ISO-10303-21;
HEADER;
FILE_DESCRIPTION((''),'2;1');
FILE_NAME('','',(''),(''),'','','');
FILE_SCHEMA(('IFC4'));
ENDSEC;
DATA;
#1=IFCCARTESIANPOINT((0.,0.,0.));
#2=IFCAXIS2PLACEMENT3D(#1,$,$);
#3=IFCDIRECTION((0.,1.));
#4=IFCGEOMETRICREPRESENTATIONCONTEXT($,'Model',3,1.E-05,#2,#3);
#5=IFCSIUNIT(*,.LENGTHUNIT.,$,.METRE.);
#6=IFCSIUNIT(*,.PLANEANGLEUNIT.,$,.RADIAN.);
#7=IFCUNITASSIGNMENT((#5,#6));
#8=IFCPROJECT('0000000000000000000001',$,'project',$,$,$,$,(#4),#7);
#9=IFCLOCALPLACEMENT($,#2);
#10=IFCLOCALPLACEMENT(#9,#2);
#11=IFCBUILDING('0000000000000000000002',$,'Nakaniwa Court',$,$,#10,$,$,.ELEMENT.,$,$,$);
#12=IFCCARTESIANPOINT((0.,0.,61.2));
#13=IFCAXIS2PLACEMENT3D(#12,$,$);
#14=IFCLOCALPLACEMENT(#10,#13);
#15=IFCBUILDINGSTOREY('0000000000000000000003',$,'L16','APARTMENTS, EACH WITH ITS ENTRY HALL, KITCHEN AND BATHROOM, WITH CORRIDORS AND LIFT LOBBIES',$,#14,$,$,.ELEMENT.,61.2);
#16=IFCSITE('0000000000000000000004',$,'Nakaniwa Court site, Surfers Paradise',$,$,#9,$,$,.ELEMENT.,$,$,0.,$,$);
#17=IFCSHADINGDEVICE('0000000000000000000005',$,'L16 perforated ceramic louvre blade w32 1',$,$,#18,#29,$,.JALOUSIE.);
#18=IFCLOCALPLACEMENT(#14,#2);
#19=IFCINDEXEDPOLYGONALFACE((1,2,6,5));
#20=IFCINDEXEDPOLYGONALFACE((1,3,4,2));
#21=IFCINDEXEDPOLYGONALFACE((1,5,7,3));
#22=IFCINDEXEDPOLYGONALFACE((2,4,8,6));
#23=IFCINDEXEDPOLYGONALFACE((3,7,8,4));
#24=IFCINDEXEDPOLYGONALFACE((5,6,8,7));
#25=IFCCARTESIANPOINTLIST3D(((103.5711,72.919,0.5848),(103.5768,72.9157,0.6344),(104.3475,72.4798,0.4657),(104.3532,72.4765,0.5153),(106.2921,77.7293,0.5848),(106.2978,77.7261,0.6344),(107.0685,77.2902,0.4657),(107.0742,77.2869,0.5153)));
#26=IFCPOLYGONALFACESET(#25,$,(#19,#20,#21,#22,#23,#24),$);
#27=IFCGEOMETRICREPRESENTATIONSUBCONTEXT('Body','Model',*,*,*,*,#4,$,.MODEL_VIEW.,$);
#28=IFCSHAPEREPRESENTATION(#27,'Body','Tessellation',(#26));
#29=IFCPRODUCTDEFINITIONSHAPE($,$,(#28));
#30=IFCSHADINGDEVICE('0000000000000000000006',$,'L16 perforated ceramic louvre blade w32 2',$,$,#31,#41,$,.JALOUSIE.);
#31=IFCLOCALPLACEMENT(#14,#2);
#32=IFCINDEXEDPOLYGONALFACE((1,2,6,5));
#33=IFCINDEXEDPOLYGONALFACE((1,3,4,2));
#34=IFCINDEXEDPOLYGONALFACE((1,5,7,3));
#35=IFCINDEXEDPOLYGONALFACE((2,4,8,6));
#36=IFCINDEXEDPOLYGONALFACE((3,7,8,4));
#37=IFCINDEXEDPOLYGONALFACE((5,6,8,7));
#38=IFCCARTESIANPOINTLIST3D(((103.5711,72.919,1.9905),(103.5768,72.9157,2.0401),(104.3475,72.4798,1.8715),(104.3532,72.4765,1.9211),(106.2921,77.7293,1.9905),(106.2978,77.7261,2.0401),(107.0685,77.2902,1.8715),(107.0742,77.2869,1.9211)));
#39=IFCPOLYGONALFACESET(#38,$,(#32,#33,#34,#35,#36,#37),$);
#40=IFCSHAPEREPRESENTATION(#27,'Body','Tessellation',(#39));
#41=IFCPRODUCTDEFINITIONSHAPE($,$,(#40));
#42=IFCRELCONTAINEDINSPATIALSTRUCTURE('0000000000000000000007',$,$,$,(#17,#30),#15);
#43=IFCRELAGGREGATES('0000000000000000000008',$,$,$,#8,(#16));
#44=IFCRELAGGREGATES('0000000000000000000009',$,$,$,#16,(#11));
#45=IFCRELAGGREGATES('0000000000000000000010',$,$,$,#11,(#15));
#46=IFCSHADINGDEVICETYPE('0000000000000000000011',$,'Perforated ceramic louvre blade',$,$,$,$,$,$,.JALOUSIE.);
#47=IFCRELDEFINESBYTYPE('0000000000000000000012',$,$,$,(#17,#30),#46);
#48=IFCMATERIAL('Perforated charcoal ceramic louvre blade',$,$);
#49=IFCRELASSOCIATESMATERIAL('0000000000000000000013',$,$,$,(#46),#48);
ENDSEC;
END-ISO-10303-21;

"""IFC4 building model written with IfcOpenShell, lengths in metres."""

from ifc_helpers import new_model, si_unit, direction, frame, origin, origin_2d, place, context, subcontext, project, spatial, rectangle, extrude, material, material_profile, profile_set, type_object, element, save


model = new_model("IFC4")

# Units and contexts
model_context = context("Model", 3, precision=1e-05, world=origin(), true_north=direction((0.0, 1.0)))
body_context = subcontext(model_context, "Body", "Model", "MODEL_VIEW")
ifc_project = project(units=[si_unit("LENGTHUNIT", "METRE"), si_unit("PLANEANGLEUNIT", "RADIAN")], contexts=[model_context])

# Site, building, storey
site_placement = place(None, origin())
site = spatial("IfcSite", under=ifc_project, at=site_placement, Name="Nakaniwa Court site, Surfers Paradise", CompositionType="ELEMENT", RefElevation=0.0)
building_placement = place(site_placement, origin())
building = spatial("IfcBuilding", under=site, at=building_placement, Name="Nakaniwa Court", CompositionType="ELEMENT")
storey_placement = place(building_placement, frame((0.0, 0.0, 61.2)))
storey = spatial("IfcBuildingStorey", under=building, at=storey_placement, Name="L16", Description="APARTMENTS, EACH WITH ITS ENTRY HALL, KITCHEN AND BATHROOM, WITH CORRIDORS AND LIFT LOBBIES", CompositionType="ELEMENT", Elevation=61.2)

# Shading devices
ifc_material_1 = material(Name="Perforated charcoal ceramic louvre blade")
ifc_material_profile_1 = material_profile(ifc_material_1, rectangle(XDim=0.8999, YDim=0.05, at=origin_2d()), Name="Perforated ceramic louvre blade")
ifc_profile_set_1 = profile_set([ifc_material_profile_1], Name="Perforated charcoal ceramic louvre blade")
shading_device_type = type_object("IfcShadingDeviceType", Name="Perforated ceramic louvre blade", PredefinedType="JALOUSIE", material=ifc_profile_set_1)
for number, where, z_axis, x_axis, name in (
    (1, (103.9622, 72.6978, 0.55), (0.492343, 0.870402, 0.0), (-0.862756, 0.488018, 0.132256), "L16 perforated ceramic louvre blade w32 1"),
    (2, (103.9622, 72.6978, 1.9558), (0.492343, 0.870402, 0.0), (-0.862756, 0.488018, 0.132256), "L16 perforated ceramic louvre blade w32 2"),
):
    element("IfcShadingDevice", number, at=place(storey_placement, frame(where, z_axis=z_axis, x_axis=x_axis)), inside=storey, type_object=shading_device_type, Name=name, PredefinedType="JALOUSIE", context=body_context, shape_type="SweptSolid", body=[
        extrude(rectangle(XDim=0.8999, YDim=0.05, at=origin_2d()), origin(), (0.0, 0.0, 1.0), 5.5266),
    ])

save(model, "model.ifc")
